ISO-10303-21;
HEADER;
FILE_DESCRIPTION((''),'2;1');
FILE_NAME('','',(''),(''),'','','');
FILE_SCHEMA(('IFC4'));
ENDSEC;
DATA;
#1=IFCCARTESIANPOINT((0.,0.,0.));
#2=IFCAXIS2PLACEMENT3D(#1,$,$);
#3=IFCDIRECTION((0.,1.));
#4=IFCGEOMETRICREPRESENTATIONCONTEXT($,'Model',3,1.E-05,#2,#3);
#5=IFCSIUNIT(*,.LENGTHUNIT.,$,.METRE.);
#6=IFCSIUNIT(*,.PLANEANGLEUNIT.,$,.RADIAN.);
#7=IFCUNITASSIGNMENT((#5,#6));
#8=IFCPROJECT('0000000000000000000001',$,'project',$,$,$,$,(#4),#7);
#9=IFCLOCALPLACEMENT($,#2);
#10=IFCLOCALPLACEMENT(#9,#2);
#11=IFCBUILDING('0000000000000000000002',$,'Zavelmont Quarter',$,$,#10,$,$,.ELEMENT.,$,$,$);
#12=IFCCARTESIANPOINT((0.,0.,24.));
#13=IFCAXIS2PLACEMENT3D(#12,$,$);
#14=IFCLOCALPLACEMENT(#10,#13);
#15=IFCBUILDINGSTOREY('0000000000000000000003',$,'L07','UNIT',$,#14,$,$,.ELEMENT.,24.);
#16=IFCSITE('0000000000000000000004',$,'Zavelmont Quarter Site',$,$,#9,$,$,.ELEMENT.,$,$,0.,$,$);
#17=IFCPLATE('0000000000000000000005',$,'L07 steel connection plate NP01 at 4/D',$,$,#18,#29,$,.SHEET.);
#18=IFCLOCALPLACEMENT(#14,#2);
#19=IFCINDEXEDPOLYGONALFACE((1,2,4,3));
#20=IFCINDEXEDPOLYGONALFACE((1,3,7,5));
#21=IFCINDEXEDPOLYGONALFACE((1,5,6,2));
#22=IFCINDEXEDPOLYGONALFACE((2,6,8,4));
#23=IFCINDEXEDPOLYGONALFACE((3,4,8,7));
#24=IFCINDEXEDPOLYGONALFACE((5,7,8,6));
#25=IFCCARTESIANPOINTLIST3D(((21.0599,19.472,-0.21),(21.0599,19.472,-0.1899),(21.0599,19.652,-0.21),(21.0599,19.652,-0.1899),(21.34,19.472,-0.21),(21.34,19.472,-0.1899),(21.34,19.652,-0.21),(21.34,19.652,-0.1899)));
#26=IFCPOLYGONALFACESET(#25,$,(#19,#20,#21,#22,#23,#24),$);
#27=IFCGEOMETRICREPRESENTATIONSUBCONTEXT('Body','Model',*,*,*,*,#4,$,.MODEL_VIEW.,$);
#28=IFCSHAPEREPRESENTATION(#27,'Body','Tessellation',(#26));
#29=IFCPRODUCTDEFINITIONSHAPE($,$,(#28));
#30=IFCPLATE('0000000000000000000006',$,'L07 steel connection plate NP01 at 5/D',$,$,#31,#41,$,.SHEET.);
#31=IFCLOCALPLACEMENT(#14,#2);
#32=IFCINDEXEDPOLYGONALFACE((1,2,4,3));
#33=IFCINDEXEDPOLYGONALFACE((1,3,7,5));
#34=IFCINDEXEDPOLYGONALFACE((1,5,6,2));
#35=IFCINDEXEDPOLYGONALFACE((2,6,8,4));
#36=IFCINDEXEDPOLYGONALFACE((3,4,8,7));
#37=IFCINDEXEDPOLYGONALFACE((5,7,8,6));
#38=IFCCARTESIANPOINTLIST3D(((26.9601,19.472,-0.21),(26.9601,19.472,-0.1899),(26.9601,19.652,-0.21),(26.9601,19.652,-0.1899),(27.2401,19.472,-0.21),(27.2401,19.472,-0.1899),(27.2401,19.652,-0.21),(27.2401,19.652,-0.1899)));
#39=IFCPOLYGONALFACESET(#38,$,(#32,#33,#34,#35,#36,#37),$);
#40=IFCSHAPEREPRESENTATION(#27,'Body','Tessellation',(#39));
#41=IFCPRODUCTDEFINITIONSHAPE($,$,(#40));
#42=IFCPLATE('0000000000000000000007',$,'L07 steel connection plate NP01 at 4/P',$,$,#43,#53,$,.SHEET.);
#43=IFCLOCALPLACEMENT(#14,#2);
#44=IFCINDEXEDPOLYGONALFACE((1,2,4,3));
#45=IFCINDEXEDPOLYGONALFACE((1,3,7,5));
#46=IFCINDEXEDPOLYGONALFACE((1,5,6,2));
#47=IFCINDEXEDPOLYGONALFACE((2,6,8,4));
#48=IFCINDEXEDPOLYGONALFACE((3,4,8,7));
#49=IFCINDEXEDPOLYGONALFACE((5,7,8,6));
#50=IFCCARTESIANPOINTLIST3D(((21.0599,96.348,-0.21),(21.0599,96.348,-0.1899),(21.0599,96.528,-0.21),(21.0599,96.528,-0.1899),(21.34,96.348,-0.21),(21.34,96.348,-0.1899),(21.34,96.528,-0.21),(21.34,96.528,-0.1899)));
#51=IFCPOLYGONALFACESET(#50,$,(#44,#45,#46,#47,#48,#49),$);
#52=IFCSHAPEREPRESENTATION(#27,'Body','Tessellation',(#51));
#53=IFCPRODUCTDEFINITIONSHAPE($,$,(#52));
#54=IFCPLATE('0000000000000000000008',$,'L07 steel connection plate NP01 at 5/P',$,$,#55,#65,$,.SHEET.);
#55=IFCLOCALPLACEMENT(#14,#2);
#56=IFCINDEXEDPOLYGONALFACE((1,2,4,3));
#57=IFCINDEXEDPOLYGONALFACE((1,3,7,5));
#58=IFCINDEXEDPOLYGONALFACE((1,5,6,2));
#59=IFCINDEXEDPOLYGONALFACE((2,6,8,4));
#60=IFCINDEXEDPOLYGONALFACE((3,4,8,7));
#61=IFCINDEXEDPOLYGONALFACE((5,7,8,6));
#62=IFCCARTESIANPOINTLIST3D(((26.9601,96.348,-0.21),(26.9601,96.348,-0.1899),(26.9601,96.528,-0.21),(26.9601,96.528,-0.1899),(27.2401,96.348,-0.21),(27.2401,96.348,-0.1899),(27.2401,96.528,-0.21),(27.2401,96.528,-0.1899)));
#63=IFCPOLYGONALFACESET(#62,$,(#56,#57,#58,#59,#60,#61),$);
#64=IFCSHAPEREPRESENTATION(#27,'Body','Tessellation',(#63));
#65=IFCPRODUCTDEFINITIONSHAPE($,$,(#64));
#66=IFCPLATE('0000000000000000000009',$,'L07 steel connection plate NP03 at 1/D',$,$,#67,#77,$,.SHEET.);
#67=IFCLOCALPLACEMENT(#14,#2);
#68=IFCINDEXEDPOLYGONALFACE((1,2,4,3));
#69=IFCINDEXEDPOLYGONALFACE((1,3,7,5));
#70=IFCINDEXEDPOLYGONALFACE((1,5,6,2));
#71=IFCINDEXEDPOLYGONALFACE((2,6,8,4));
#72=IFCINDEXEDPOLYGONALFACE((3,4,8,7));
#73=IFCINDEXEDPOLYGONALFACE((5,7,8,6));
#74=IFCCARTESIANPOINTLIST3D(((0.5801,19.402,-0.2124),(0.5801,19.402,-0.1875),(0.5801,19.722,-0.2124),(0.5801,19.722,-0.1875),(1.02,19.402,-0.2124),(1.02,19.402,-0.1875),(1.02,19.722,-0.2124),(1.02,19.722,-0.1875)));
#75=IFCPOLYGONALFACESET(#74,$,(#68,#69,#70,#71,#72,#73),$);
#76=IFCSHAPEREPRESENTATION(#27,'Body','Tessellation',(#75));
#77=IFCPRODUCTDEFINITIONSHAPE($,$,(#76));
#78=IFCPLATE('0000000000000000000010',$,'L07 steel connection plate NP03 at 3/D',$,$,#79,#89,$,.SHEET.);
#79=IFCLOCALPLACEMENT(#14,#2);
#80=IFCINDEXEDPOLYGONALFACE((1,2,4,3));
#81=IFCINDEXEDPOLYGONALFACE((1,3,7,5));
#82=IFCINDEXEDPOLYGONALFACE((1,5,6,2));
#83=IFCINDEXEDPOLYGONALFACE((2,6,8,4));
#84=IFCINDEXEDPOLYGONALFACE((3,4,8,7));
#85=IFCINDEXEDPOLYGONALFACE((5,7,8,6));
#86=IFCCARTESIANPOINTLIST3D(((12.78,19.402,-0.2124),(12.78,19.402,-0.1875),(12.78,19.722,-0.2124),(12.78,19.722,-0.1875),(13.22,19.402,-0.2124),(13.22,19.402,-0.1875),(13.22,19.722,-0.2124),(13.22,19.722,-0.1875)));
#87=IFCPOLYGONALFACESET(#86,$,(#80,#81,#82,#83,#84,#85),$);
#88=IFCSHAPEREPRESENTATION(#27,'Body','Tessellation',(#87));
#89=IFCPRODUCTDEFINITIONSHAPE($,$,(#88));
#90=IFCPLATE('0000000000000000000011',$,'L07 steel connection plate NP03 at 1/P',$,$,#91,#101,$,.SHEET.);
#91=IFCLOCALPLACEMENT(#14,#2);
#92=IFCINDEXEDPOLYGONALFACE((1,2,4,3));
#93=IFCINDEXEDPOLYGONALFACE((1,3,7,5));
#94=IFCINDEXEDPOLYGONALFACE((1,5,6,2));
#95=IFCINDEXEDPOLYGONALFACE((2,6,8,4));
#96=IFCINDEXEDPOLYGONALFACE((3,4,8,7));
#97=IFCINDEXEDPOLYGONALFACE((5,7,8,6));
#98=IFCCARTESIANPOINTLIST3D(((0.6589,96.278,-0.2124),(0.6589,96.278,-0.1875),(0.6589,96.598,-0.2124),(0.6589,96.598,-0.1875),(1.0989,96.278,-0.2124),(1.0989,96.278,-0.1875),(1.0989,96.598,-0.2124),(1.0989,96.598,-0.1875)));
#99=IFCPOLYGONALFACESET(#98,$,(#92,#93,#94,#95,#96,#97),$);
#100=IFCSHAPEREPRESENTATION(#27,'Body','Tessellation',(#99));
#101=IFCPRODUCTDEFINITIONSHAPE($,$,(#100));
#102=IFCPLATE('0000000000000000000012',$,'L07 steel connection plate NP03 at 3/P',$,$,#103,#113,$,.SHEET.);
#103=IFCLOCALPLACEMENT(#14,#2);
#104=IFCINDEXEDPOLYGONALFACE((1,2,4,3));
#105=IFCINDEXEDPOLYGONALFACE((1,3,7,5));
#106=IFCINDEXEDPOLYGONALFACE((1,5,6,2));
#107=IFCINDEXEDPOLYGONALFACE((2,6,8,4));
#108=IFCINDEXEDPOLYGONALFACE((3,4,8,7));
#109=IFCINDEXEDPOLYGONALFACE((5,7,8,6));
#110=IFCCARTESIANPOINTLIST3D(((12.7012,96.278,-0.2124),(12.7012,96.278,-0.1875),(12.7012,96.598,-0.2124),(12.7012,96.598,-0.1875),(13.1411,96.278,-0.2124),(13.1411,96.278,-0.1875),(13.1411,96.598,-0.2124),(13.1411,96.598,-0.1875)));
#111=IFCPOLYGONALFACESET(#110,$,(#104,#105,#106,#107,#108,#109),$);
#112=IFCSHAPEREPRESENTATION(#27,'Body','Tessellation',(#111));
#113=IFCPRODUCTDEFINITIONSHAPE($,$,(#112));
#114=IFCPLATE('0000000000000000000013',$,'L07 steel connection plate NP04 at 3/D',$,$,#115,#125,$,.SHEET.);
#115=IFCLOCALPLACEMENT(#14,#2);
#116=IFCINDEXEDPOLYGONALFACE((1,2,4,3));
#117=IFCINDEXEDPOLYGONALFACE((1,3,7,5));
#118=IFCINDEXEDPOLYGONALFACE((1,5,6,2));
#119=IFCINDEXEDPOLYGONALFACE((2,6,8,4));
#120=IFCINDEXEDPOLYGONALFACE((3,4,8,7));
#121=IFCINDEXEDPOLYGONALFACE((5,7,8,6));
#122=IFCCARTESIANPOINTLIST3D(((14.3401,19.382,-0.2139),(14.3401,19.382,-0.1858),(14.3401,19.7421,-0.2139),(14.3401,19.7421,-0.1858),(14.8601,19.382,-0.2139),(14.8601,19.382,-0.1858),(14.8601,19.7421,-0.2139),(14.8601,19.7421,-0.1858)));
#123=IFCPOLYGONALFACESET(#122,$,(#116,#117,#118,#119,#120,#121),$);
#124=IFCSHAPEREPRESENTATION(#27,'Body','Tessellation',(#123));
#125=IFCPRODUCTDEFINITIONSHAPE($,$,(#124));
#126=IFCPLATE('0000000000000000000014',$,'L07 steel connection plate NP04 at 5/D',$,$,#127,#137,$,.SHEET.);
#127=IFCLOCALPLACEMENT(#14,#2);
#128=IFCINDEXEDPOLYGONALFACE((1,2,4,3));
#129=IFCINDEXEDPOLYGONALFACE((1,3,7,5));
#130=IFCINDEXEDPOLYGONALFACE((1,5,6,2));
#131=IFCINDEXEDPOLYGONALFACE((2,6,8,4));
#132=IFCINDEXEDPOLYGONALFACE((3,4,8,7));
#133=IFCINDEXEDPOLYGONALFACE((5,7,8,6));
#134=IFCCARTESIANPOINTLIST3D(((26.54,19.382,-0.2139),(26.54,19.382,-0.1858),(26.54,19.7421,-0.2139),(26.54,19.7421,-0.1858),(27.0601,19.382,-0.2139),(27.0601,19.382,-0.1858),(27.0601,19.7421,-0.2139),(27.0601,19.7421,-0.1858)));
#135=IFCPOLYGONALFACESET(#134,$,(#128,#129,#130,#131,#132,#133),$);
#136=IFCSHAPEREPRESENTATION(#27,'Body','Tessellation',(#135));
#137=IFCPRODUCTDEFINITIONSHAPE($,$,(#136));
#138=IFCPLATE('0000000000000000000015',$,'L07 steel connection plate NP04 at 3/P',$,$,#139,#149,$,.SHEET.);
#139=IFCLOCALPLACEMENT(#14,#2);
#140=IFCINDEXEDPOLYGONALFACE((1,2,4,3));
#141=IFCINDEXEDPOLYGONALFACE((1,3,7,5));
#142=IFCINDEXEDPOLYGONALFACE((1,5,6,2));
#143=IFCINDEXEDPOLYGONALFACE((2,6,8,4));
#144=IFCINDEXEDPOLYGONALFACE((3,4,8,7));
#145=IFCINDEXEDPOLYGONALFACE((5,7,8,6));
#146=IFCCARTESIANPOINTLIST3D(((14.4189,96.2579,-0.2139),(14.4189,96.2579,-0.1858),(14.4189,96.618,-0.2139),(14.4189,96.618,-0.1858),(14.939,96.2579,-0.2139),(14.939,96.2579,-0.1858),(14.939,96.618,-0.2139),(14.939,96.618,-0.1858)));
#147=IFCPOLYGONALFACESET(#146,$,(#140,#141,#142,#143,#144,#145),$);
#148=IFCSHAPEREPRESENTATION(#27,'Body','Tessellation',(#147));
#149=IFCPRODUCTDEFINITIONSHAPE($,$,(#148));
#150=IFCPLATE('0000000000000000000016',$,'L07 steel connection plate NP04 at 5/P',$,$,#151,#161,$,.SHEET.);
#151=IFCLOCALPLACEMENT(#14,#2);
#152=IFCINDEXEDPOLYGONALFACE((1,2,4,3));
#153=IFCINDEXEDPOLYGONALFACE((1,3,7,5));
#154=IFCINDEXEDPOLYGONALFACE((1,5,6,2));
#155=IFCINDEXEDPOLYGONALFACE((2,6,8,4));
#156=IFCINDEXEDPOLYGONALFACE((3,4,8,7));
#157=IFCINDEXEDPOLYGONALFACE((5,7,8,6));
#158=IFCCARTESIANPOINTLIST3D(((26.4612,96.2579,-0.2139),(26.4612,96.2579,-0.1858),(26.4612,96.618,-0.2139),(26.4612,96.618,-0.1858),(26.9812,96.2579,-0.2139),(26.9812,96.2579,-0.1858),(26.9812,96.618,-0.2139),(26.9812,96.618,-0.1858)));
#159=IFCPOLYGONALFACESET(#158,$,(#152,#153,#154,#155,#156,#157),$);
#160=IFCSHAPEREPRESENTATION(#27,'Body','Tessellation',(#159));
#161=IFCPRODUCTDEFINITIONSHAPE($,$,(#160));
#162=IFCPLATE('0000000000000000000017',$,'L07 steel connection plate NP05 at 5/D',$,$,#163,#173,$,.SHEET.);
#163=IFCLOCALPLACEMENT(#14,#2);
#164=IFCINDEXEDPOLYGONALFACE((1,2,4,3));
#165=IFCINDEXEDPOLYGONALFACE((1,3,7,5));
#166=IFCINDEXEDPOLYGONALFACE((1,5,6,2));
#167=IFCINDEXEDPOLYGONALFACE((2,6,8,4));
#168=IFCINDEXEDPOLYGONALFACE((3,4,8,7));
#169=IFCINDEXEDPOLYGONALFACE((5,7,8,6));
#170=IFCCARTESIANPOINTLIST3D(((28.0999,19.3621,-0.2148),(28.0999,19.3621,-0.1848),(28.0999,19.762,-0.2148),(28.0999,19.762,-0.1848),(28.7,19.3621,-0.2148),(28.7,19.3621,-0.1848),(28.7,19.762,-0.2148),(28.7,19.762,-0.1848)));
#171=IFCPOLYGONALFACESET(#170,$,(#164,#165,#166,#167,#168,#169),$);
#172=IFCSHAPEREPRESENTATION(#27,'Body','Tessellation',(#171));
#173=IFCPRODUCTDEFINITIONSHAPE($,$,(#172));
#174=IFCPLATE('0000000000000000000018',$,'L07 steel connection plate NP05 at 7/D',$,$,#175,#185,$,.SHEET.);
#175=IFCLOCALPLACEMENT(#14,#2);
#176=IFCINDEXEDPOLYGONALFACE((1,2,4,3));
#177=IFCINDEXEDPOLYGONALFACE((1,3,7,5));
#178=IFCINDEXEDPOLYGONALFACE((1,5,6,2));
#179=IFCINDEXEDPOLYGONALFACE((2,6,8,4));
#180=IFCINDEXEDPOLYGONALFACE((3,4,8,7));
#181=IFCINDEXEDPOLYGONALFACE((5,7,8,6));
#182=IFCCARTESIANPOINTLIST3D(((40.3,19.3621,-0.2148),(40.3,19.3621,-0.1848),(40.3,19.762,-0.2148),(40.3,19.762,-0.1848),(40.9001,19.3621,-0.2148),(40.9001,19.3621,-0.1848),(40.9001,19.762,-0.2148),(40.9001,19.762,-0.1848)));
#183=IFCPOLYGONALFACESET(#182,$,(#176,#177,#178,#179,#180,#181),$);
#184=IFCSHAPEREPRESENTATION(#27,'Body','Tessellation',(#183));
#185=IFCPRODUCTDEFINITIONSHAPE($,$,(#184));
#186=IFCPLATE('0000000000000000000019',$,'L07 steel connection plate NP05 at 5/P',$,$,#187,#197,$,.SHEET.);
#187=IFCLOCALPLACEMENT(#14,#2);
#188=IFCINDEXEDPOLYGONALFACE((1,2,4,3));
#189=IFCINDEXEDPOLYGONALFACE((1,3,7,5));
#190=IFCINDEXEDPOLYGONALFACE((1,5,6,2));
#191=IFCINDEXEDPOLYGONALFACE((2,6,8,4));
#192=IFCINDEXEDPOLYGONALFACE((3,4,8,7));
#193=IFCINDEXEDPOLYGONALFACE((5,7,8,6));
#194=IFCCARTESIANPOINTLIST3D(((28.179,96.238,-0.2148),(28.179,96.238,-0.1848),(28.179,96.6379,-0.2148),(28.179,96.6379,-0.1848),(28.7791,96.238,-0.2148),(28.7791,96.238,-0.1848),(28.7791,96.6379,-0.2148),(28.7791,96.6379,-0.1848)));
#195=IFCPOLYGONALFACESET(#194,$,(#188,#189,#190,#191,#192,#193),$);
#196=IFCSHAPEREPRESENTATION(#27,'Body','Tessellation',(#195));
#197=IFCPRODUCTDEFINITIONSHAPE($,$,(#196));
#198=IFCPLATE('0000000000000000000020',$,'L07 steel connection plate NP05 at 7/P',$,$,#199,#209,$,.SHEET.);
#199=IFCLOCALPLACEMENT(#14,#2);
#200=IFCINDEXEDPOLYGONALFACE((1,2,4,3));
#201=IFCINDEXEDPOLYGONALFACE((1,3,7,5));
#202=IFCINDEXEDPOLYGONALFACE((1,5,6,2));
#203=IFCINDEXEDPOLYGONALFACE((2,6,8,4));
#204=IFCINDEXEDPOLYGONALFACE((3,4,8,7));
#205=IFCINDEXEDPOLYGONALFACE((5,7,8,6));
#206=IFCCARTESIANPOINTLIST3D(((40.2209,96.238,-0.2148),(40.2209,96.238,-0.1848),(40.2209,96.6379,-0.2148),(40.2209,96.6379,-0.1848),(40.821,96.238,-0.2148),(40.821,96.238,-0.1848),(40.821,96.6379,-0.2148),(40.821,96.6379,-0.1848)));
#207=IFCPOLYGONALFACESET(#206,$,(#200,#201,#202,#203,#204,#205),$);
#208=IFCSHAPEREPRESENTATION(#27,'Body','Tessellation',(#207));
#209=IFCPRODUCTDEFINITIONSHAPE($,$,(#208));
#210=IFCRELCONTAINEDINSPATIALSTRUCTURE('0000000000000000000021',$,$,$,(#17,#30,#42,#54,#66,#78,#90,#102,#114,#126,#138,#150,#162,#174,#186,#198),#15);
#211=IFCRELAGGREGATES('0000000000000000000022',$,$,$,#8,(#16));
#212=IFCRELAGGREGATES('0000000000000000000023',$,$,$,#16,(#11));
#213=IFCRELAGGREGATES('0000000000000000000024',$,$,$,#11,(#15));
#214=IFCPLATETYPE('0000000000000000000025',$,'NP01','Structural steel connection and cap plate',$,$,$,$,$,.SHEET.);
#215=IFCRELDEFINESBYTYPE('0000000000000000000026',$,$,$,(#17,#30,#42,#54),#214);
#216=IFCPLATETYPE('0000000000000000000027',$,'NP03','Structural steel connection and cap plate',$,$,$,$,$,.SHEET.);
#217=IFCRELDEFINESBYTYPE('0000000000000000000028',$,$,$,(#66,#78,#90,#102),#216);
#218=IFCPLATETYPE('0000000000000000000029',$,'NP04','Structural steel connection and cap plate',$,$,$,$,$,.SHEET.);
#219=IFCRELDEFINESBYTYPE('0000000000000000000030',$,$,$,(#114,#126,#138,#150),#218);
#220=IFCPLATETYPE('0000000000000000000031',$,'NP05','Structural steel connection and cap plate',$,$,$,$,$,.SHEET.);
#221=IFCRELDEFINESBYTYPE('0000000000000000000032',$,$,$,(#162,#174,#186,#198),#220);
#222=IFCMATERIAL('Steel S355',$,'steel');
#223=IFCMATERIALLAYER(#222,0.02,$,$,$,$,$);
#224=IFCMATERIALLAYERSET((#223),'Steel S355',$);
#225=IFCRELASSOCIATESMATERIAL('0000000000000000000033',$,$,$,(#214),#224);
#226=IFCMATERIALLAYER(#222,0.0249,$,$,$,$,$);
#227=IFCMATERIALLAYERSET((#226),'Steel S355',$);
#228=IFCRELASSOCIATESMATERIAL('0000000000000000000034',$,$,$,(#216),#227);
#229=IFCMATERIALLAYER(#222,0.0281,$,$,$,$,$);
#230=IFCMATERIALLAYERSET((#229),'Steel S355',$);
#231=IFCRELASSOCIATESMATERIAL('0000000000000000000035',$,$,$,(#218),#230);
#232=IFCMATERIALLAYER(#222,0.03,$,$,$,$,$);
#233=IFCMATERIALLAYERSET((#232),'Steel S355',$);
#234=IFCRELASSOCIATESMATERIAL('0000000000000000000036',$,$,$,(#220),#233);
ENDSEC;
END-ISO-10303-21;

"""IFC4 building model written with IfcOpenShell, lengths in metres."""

from ifc_helpers import new_model, si_unit, direction, frame, origin, origin_2d, place, context, subcontext, project, spatial, rectangle, extrude, material, layer, layer_set, type_object, element, save


model = new_model("IFC4")

# Units and contexts
model_context = context("Model", 3, precision=1e-05, world=origin(), true_north=direction((0.0, 1.0)))
body_context = subcontext(model_context, "Body", "Model", "MODEL_VIEW")
ifc_project = project(units=[si_unit("LENGTHUNIT", "METRE"), si_unit("PLANEANGLEUNIT", "RADIAN")], contexts=[model_context])

# Site, building, storey
site_placement = place(None, origin())
site = spatial("IfcSite", under=ifc_project, at=site_placement, Name="Zavelmont Quarter Site", CompositionType="ELEMENT", RefElevation=0.0)
building_placement = place(site_placement, origin())
building = spatial("IfcBuilding", under=site, at=building_placement, Name="Zavelmont Quarter", CompositionType="ELEMENT")
storey_placement = place(building_placement, frame((0.0, 0.0, 24.0)))
storey = spatial("IfcBuildingStorey", under=building, at=storey_placement, Name="L07", Description="UNIT", CompositionType="ELEMENT", Elevation=24.0)

# Plates
ifc_material = material(Name="Steel S355", Category="steel")
ifc_layer_1 = layer(ifc_material, 0.02)
ifc_layer_set_1 = layer_set([ifc_layer_1], Name="Steel S355")
plate_type_1 = type_object("IfcPlateType", Name="NP01", Description="Structural steel connection and cap plate", PredefinedType="SHEET", material=ifc_layer_set_1)
for number, where, z_axis, x_axis, name in (
    (1, (21.2, 19.562, -0.21), (0.0, 0.0, 1.0), (1.0, 0.0, 0.0), "L07 steel connection plate NP01 at 4/D"),
    (2, (27.1001, 19.562, -0.21), (0.0, 0.0, 1.0), (1.0, 0.0, 0.0), "L07 steel connection plate NP01 at 5/D"),
    (3, (21.2, 96.438, -0.21), (0.0, 0.0, 1.0), (1.0, 0.0, 0.0), "L07 steel connection plate NP01 at 4/P"),
    (4, (27.1001, 96.438, -0.21), (0.0, 0.0, 1.0), (1.0, 0.0, 0.0), "L07 steel connection plate NP01 at 5/P"),
):
    element("IfcPlate", number, at=place(storey_placement, frame(where, z_axis=z_axis, x_axis=x_axis)), inside=storey, type_object=plate_type_1, Name=name, PredefinedType="SHEET", context=body_context, shape_type="SweptSolid", body=[
        extrude(rectangle(XDim=0.28, YDim=0.1799, at=origin_2d()), origin(), (0.0, 0.0, 1.0), 0.02),
    ])
ifc_layer_2 = layer(ifc_material, 0.0249)
ifc_layer_set_2 = layer_set([ifc_layer_2], Name="Steel S355")
plate_type_2 = type_object("IfcPlateType", Name="NP03", Description="Structural steel connection and cap plate", PredefinedType="SHEET", material=ifc_layer_set_2)
for number, where, z_axis, x_axis, name in (
    (5, (0.8, 19.562, -0.2124), (0.0, 0.0, 1.0), (1.0, 0.0, 0.0), "L07 steel connection plate NP03 at 1/D"),
    (6, (13.0, 19.562, -0.2124), (0.0, 0.0, 1.0), (1.0, 0.0, 0.0), "L07 steel connection plate NP03 at 3/D"),
    (7, (0.8789, 96.438, -0.2124), (0.0, 0.0, 1.0), (1.0, 0.0, 0.0), "L07 steel connection plate NP03 at 1/P"),
    (8, (12.9211, 96.438, -0.2124), (0.0, 0.0, 1.0), (1.0, 0.0, 0.0), "L07 steel connection plate NP03 at 3/P"),
):
    element("IfcPlate", number, at=place(storey_placement, frame(where, z_axis=z_axis, x_axis=x_axis)), inside=storey, type_object=plate_type_2, Name=name, PredefinedType="SHEET", context=body_context, shape_type="SweptSolid", body=[
        extrude(rectangle(XDim=0.4399, YDim=0.3201, at=origin_2d()), origin(), (0.0, 0.0, 1.0), 0.0249),
    ])
ifc_layer_3 = layer(ifc_material, 0.0281)
ifc_layer_set_3 = layer_set([ifc_layer_3], Name="Steel S355")
plate_type_3 = type_object("IfcPlateType", Name="NP04", Description="Structural steel connection and cap plate", PredefinedType="SHEET", material=ifc_layer_set_3)
for number, where, z_axis, x_axis, name in (
    (9, (14.6001, 19.562, -0.2139), (0.0, 0.0, 1.0), (1.0, 0.0, 0.0), "L07 steel connection plate NP04 at 3/D"),
    (10, (26.8, 19.562, -0.2139), (0.0, 0.0, 1.0), (1.0, 0.0, 0.0), "L07 steel connection plate NP04 at 5/D"),
    (11, (14.679, 96.438, -0.2139), (0.0, 0.0, 1.0), (1.0, 0.0, 0.0), "L07 steel connection plate NP04 at 3/P"),
    (12, (26.7212, 96.438, -0.2139), (0.0, 0.0, 1.0), (1.0, 0.0, 0.0), "L07 steel connection plate NP04 at 5/P"),
):
    element("IfcPlate", number, at=place(storey_placement, frame(where, z_axis=z_axis, x_axis=x_axis)), inside=storey, type_object=plate_type_3, Name=name, PredefinedType="SHEET", context=body_context, shape_type="SweptSolid", body=[
        extrude(rectangle(XDim=0.52, YDim=0.3601, at=origin_2d()), origin(), (0.0, 0.0, 1.0), 0.0281),
    ])
ifc_layer_4 = layer(ifc_material, 0.03)
ifc_layer_set_4 = layer_set([ifc_layer_4], Name="Steel S355")
plate_type_4 = type_object("IfcPlateType", Name="NP05", Description="Structural steel connection and cap plate", PredefinedType="SHEET", material=ifc_layer_set_4)
for number, where, z_axis, x_axis, name in (
    (13, (28.3999, 19.562, -0.2148), (0.0, 0.0, 1.0), (1.0, 0.0, 0.0), "L07 steel connection plate NP05 at 5/D"),
    (14, (40.6001, 19.562, -0.2148), (0.0, 0.0, 1.0), (1.0, 0.0, 0.0), "L07 steel connection plate NP05 at 7/D"),
    (15, (28.479, 96.438, -0.2148), (0.0, 0.0, 1.0), (1.0, 0.0, 0.0), "L07 steel connection plate NP05 at 5/P"),
    (16, (40.521, 96.438, -0.2148), (0.0, 0.0, 1.0), (1.0, 0.0, 0.0), "L07 steel connection plate NP05 at 7/P"),
):
    element("IfcPlate", number, at=place(storey_placement, frame(where, z_axis=z_axis, x_axis=x_axis)), inside=storey, type_object=plate_type_4, Name=name, PredefinedType="SHEET", context=body_context, shape_type="SweptSolid", body=[
        extrude(rectangle(XDim=0.6001, YDim=0.3999, at=origin_2d()), origin(), (0.0, 0.0, 1.0), 0.03),
    ])

save(model, "model.ifc")
